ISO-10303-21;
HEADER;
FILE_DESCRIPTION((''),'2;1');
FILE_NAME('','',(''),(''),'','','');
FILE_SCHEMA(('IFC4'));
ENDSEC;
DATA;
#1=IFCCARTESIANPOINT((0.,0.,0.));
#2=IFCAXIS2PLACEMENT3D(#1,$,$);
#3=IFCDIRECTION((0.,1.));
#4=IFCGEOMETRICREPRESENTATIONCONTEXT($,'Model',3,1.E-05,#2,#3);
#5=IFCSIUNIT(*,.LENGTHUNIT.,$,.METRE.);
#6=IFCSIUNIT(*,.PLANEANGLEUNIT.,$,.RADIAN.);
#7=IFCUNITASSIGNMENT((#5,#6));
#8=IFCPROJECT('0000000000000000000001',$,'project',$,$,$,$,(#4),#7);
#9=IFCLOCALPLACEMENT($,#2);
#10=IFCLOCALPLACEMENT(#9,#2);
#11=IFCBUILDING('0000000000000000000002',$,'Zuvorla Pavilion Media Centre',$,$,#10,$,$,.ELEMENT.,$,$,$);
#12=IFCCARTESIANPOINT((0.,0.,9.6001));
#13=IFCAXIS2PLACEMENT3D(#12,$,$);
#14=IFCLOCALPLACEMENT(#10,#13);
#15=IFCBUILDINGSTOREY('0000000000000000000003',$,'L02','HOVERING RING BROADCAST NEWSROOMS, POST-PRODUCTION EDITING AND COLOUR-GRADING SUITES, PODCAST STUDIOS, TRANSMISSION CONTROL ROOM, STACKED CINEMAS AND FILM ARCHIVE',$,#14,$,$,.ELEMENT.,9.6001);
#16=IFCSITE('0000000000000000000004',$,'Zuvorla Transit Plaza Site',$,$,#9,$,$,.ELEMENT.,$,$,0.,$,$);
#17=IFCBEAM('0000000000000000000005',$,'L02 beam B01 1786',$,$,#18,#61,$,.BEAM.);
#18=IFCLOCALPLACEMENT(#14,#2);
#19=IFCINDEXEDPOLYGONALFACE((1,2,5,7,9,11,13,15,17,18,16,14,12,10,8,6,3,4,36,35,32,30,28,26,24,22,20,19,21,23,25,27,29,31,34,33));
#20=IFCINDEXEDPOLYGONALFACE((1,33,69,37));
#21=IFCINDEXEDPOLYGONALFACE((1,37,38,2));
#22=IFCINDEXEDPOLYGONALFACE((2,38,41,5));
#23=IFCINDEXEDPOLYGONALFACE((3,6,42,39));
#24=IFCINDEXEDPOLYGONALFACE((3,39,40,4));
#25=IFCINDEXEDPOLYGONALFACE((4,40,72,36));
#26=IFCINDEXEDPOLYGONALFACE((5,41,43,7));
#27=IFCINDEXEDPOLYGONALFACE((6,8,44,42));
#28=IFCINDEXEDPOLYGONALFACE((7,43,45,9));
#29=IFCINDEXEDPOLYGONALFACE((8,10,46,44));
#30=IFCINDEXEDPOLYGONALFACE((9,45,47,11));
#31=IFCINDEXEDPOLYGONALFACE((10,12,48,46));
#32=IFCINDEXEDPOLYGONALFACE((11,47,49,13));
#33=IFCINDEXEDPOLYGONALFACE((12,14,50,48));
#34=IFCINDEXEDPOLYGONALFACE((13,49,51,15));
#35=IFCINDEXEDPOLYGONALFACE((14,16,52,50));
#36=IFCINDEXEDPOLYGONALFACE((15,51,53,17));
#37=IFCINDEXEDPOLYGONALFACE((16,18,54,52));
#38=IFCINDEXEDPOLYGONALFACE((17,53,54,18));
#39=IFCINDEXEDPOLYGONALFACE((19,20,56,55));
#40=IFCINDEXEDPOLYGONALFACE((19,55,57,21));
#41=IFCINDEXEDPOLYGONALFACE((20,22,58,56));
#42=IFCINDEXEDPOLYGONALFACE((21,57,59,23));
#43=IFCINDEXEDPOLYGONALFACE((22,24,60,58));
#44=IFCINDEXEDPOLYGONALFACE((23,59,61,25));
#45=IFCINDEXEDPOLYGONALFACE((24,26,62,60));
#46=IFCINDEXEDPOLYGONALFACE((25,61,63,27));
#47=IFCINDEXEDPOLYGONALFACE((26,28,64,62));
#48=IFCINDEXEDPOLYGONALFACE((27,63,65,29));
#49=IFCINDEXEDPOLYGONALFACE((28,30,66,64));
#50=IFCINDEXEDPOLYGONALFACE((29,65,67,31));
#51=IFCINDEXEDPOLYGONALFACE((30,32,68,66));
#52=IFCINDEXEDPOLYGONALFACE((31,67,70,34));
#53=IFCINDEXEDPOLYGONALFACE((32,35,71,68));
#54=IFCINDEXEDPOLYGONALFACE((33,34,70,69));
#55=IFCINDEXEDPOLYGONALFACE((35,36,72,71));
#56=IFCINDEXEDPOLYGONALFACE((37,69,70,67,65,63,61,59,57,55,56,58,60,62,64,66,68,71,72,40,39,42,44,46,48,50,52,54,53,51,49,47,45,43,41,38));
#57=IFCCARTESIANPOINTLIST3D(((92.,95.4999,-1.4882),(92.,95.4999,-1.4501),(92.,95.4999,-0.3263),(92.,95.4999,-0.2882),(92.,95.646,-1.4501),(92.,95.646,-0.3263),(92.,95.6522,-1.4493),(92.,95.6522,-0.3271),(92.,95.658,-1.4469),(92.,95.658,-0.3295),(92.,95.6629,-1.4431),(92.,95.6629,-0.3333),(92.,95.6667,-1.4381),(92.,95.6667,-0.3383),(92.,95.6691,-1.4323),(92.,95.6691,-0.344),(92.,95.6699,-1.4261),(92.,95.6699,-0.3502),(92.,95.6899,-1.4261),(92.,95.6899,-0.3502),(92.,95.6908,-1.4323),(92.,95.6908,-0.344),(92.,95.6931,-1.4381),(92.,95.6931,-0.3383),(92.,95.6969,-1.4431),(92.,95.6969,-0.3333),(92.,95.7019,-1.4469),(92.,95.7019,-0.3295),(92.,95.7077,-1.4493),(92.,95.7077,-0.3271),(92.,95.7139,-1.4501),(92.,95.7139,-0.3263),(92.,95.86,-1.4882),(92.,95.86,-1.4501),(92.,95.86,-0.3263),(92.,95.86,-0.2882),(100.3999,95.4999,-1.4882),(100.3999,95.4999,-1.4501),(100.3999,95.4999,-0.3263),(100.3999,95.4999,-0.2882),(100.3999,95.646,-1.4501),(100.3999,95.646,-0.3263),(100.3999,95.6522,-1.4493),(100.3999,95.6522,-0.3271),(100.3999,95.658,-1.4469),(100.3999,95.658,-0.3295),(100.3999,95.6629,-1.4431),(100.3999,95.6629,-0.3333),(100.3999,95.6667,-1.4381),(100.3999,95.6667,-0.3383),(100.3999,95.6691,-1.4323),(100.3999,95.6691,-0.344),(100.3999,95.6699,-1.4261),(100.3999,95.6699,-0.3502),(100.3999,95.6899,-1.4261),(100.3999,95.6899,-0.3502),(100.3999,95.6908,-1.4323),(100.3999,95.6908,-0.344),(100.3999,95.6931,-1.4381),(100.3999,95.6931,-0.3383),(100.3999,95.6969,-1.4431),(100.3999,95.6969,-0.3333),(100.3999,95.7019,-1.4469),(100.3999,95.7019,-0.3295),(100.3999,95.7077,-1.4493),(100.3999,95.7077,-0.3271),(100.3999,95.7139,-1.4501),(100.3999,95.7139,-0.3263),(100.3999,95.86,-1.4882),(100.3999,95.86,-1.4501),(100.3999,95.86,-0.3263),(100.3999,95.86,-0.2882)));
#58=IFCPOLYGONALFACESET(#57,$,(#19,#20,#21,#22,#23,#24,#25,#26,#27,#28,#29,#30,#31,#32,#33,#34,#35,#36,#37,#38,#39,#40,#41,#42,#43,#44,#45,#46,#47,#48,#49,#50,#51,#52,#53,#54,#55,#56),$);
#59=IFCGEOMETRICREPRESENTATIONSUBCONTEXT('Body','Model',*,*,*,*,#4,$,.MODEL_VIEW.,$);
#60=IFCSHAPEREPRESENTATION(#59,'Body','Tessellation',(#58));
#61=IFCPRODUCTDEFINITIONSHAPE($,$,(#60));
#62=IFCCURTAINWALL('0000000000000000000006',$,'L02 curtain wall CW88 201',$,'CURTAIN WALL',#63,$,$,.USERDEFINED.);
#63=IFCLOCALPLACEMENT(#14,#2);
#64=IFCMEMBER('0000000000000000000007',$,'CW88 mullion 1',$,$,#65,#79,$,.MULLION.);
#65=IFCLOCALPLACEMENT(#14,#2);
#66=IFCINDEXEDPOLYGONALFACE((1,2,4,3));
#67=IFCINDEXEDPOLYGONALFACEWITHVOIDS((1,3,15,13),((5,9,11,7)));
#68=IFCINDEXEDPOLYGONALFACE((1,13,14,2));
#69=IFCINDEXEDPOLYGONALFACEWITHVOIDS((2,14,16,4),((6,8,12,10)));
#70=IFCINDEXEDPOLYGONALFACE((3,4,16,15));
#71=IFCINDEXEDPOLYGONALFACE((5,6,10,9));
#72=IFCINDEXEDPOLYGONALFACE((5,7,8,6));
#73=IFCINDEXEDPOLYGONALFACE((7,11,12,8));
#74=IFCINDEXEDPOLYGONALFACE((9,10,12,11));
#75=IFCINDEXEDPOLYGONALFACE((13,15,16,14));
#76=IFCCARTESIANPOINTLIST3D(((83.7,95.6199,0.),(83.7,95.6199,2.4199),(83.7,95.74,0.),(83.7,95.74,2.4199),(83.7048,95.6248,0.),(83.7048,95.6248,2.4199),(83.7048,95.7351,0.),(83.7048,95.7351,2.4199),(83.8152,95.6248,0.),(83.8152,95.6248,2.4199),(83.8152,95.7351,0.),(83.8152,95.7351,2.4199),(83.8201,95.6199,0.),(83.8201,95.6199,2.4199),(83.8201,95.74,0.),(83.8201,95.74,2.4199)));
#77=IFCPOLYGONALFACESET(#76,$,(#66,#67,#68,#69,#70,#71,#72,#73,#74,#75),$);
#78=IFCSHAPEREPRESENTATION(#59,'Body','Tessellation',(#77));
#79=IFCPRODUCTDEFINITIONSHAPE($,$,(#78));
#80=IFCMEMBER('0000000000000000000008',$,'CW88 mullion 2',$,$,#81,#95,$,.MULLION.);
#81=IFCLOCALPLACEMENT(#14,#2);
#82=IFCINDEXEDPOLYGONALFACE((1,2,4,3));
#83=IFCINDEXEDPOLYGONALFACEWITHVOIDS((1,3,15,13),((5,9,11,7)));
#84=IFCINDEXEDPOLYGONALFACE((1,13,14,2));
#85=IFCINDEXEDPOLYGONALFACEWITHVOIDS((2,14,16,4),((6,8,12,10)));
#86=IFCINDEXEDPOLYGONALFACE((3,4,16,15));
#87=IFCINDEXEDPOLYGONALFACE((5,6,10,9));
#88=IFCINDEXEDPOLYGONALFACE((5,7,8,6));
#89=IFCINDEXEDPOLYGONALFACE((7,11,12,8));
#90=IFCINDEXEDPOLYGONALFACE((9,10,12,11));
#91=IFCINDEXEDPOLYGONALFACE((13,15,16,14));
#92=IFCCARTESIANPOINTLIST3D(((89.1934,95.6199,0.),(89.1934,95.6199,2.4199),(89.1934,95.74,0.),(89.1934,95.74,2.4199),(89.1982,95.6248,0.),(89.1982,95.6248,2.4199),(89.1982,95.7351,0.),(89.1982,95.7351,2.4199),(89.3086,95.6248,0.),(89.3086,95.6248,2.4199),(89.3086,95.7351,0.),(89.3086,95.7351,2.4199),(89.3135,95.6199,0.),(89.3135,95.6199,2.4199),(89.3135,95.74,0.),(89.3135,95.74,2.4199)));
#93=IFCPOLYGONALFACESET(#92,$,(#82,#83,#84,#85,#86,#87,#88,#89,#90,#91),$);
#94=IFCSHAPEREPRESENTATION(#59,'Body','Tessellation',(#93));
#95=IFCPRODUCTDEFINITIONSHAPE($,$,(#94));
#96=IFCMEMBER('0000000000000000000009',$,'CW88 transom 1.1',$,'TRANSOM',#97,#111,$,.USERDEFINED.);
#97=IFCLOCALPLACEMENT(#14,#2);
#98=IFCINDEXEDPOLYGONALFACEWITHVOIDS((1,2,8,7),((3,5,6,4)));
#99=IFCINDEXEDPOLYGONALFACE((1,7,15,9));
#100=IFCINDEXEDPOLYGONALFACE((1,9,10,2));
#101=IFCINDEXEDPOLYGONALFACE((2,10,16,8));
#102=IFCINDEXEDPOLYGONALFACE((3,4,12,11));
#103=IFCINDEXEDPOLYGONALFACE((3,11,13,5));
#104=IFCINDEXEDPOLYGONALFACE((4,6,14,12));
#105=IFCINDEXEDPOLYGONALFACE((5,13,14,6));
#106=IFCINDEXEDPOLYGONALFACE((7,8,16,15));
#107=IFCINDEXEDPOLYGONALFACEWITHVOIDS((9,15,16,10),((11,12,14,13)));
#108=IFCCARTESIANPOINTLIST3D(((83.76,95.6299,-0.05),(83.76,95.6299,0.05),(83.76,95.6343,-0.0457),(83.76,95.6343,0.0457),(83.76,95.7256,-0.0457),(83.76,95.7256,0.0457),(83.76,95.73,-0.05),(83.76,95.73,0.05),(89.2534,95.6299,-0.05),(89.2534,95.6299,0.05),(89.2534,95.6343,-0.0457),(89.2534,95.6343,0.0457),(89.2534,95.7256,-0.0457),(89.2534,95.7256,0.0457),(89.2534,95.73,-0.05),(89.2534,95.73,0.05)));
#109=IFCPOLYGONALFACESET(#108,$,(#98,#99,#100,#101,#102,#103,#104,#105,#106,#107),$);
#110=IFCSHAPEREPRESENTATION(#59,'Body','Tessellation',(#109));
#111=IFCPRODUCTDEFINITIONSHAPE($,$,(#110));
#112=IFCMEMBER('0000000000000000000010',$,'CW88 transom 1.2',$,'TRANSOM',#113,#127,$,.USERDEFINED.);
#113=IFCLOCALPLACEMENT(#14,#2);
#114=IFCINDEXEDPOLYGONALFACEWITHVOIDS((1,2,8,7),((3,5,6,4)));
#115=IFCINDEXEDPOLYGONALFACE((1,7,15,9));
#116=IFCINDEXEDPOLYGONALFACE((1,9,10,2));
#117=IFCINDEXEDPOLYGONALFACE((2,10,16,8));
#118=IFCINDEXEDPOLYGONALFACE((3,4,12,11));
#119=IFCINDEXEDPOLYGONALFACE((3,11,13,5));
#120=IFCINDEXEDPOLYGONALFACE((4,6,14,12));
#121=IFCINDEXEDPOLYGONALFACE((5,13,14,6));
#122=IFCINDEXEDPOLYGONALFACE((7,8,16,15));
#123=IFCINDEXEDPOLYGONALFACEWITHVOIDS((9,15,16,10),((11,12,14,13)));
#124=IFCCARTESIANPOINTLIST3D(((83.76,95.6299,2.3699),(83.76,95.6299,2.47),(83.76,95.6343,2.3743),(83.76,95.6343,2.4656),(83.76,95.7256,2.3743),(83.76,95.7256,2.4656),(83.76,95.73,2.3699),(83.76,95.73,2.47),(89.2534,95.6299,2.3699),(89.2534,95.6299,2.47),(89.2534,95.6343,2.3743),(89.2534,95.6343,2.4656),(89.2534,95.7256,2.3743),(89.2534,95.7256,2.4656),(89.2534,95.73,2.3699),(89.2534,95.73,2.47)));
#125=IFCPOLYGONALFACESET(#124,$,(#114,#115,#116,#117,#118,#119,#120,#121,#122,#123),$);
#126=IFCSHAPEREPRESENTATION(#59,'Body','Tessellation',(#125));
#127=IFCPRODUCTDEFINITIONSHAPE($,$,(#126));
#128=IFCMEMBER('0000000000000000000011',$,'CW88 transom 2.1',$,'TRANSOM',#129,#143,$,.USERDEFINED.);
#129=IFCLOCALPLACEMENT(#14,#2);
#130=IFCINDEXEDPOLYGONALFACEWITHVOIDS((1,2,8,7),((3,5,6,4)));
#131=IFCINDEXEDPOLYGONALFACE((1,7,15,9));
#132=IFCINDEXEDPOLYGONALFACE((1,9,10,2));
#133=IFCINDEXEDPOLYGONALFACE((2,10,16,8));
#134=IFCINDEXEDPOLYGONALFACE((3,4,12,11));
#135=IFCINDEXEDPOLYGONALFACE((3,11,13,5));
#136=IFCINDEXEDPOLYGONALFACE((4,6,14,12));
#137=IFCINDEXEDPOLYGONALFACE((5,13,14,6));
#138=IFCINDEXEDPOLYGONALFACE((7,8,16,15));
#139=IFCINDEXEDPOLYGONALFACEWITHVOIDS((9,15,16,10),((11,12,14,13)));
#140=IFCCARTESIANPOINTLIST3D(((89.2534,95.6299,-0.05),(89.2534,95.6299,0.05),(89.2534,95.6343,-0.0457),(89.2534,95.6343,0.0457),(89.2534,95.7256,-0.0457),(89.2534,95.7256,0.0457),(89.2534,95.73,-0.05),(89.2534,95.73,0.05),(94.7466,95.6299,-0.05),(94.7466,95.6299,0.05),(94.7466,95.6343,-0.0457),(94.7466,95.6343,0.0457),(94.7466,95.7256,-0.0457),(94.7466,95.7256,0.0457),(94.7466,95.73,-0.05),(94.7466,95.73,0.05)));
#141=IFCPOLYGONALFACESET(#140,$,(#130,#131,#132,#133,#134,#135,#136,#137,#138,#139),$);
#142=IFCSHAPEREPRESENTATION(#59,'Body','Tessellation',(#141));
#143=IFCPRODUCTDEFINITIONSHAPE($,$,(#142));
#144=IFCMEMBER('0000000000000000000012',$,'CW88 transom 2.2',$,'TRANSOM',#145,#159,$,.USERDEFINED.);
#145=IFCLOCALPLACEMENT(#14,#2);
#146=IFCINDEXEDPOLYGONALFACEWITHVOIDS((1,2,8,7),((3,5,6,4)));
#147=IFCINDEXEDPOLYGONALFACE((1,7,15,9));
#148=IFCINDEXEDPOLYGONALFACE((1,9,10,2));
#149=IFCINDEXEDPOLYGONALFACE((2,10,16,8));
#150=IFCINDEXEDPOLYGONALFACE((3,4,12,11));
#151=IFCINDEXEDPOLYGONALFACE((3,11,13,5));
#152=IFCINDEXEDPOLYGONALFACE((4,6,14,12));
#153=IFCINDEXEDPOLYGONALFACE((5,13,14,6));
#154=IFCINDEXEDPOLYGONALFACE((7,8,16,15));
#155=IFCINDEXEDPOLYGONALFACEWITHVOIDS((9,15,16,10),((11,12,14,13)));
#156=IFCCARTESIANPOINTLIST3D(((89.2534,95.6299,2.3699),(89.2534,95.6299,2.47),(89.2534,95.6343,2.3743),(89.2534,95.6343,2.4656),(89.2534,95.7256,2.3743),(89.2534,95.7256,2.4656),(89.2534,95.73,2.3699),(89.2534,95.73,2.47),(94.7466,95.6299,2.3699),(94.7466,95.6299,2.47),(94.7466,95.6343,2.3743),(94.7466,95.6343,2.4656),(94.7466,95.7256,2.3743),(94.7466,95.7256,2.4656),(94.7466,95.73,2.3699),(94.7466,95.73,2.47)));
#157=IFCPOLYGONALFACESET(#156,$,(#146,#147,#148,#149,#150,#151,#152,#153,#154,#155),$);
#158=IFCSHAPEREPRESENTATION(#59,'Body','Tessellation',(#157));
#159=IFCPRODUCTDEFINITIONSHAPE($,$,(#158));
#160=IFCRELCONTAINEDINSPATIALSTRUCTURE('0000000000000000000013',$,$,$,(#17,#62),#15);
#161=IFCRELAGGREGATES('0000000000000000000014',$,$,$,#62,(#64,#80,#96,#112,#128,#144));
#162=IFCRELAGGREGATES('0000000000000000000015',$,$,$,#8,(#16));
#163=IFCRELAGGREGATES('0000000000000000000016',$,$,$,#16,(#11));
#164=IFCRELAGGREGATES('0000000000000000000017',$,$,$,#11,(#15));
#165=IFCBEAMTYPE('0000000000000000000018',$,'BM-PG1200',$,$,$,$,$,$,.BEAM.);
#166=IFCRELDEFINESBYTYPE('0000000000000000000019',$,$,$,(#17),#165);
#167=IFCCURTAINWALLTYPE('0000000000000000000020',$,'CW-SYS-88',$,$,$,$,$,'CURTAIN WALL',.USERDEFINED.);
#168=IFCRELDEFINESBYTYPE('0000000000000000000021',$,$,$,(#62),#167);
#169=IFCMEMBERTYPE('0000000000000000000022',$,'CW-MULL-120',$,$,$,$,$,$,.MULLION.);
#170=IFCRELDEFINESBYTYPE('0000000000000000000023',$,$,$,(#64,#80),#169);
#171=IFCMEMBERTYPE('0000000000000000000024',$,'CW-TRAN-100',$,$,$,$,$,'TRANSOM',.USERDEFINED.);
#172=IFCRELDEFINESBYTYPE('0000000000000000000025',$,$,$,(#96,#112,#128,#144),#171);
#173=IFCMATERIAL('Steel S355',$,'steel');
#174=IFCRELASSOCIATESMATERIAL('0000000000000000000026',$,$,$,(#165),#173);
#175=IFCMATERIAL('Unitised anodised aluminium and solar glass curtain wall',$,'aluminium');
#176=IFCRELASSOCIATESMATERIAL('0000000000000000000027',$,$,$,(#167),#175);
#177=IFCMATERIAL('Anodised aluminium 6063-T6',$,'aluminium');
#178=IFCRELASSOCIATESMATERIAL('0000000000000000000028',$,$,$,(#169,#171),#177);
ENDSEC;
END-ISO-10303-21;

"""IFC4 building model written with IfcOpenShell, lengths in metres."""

from ifc_helpers import new_model, si_unit, direction, frame, origin, origin_2d, place, context, subcontext, project, spatial, hollow_rectangle, i_section, extrude, material, material_profile, profile_set, type_object, element, aggregate, save


model = new_model("IFC4")

# Units and contexts
model_context = context("Model", 3, precision=1e-05, world=origin(), true_north=direction((0.0, 1.0)))
body_context = subcontext(model_context, "Body", "Model", "MODEL_VIEW")
ifc_project = project(units=[si_unit("LENGTHUNIT", "METRE"), si_unit("PLANEANGLEUNIT", "RADIAN")], contexts=[model_context])

# Site, building, storey
site_placement = place(None, origin())
site = spatial("IfcSite", under=ifc_project, at=site_placement, Name="Zuvorla Transit Plaza Site", CompositionType="ELEMENT", RefElevation=0.0)
building_placement = place(site_placement, origin())
building = spatial("IfcBuilding", under=site, at=building_placement, Name="Zuvorla Pavilion Media Centre", CompositionType="ELEMENT")
storey_placement = place(building_placement, frame((0.0, 0.0, 9.6001)))
storey = spatial("IfcBuildingStorey", under=building, at=storey_placement, Name="L02", Description="HOVERING RING BROADCAST NEWSROOMS, POST-PRODUCTION EDITING AND COLOUR-GRADING SUITES, PODCAST STUDIOS, TRANSMISSION CONTROL ROOM, STACKED CINEMAS AND FILM ARCHIVE", CompositionType="ELEMENT", Elevation=9.6001)

# Beam
ifc_material_1 = material(Name="Steel S355", Category="steel")
ifc_material_profile_1 = material_profile(ifc_material_1, i_section(OverallWidth=0.3601, OverallDepth=1.2, WebThickness=0.02, FlangeThickness=0.0381, FilletRadius=0.0239, at=origin_2d()), Name="PG 1200x360x38")
ifc_profile_set_1 = profile_set([ifc_material_profile_1], Name="Steel S355")
beam_type = type_object("IfcBeamType", Name="BM-PG1200", PredefinedType="BEAM", material=ifc_profile_set_1)
beam_placement = place(storey_placement, frame((92.0, 95.6799, -0.8882), z_axis=(1.0, 0.0, 0.0), x_axis=(0.0, 1.0, 0.0)))
element("IfcBeam", 1, at=beam_placement, inside=storey, type_object=beam_type, Name="L02 beam B01 1786", PredefinedType="BEAM", context=body_context, shape_type="SweptSolid", body=[
    extrude(i_section(OverallWidth=0.3601, OverallDepth=1.2, WebThickness=0.02, FlangeThickness=0.0381, FilletRadius=0.0239, at=origin_2d()), origin(), (0.0, 0.0, 1.0), 8.3999),
])

# Curtain wall, members
ifc_material_2 = material(Name="Unitised anodised aluminium and solar glass curtain wall", Category="aluminium")
curtain_wall_type = type_object("IfcCurtainWallType", Name="CW-SYS-88", ElementType="CURTAIN WALL", PredefinedType="USERDEFINED", material=ifc_material_2)
curtain_wall_placement = place(storey_placement, origin())
curtain_wall = element("IfcCurtainWall", 2, at=curtain_wall_placement, inside=storey, type_object=curtain_wall_type, Name="L02 curtain wall CW88 201", ObjectType="CURTAIN WALL", PredefinedType="USERDEFINED")
ifc_material_3 = material(Name="Anodised aluminium 6063-T6", Category="aluminium")
ifc_material_profile_2 = material_profile(ifc_material_3, hollow_rectangle(XDim=0.1201, YDim=0.1201, WallThickness=0.0049, at=origin_2d()), Name="ALU MULL 120x120")
ifc_profile_set_2 = profile_set([ifc_material_profile_2], Name="Anodised aluminium 6063-T6")
member_type_1 = type_object("IfcMemberType", Name="CW-MULL-120", PredefinedType="MULLION", material=ifc_profile_set_2)
member_1_placement = place(storey_placement, frame((83.76, 95.6799, 0.0), z_axis=(0.0, 0.0, 1.0), x_axis=(1.0, 0.0, 0.0)))
member_1 = element("IfcMember", 3, at=member_1_placement, type_object=member_type_1, Name="CW88 mullion 1", PredefinedType="MULLION", context=body_context, shape_type="SweptSolid", body=[
    extrude(hollow_rectangle(XDim=0.1201, YDim=0.1201, WallThickness=0.0049, at=origin_2d()), origin(), (0.0, 0.0, 1.0), 2.4199),
])
member_2_placement = place(storey_placement, frame((89.2534, 95.6799, 0.0), z_axis=(0.0, 0.0, 1.0), x_axis=(1.0, 0.0, 0.0)))
member_2 = element("IfcMember", 4, at=member_2_placement, type_object=member_type_1, Name="CW88 mullion 2", PredefinedType="MULLION", context=body_context, shape_type="SweptSolid", body=[
    extrude(hollow_rectangle(XDim=0.1201, YDim=0.1201, WallThickness=0.0049, at=origin_2d()), origin(), (0.0, 0.0, 1.0), 2.4199),
])
ifc_material_profile_3 = material_profile(ifc_material_3, hollow_rectangle(XDim=0.1001, YDim=0.1001, WallThickness=0.0044, at=origin_2d()), Name="ALU TRAN 100x100")
ifc_profile_set_3 = profile_set([ifc_material_profile_3], Name="Anodised aluminium 6063-T6")
member_type_2 = type_object("IfcMemberType", Name="CW-TRAN-100", ElementType="TRANSOM", PredefinedType="USERDEFINED", material=ifc_profile_set_3)
member_3_placement = place(storey_placement, frame((83.76, 95.6799, 0.0), z_axis=(1.0, 0.0, 0.0), x_axis=(0.0, 1.0, 0.0)))
member_3 = element("IfcMember", 5, at=member_3_placement, type_object=member_type_2, Name="CW88 transom 1.1", ObjectType="TRANSOM", PredefinedType="USERDEFINED", context=body_context, shape_type="SweptSolid", body=[
    extrude(hollow_rectangle(XDim=0.1001, YDim=0.1001, WallThickness=0.0044, at=origin_2d()), origin(), (0.0, 0.0, 1.0), 5.4934),
])
member_4_placement = place(storey_placement, frame((83.76, 95.6799, 2.4199), z_axis=(1.0, 0.0, 0.0), x_axis=(0.0, 1.0, 0.0)))
member_4 = element("IfcMember", 6, at=member_4_placement, type_object=member_type_2, Name="CW88 transom 1.2", ObjectType="TRANSOM", PredefinedType="USERDEFINED", context=body_context, shape_type="SweptSolid", body=[
    extrude(hollow_rectangle(XDim=0.1001, YDim=0.1001, WallThickness=0.0044, at=origin_2d()), origin(), (0.0, 0.0, 1.0), 5.4934),
])
member_5_placement = place(storey_placement, frame((89.2534, 95.6799, 0.0), z_axis=(1.0, 0.0, 0.0), x_axis=(0.0, 1.0, 0.0)))
member_5 = element("IfcMember", 7, at=member_5_placement, type_object=member_type_2, Name="CW88 transom 2.1", ObjectType="TRANSOM", PredefinedType="USERDEFINED", context=body_context, shape_type="SweptSolid", body=[
    extrude(hollow_rectangle(XDim=0.1001, YDim=0.1001, WallThickness=0.0044, at=origin_2d()), origin(), (0.0, 0.0, 1.0), 5.4932),
])
member_6_placement = place(storey_placement, frame((89.2534, 95.6799, 2.4199), z_axis=(1.0, 0.0, 0.0), x_axis=(0.0, 1.0, 0.0)))
member_6 = element("IfcMember", 8, at=member_6_placement, type_object=member_type_2, Name="CW88 transom 2.2", ObjectType="TRANSOM", PredefinedType="USERDEFINED", context=body_context, shape_type="SweptSolid", body=[
    extrude(hollow_rectangle(XDim=0.1001, YDim=0.1001, WallThickness=0.0044, at=origin_2d()), origin(), (0.0, 0.0, 1.0), 5.4932),
])

aggregate(curtain_wall, [member_1, member_2, member_3, member_4, member_5, member_6])

save(model, "model.ifc")
